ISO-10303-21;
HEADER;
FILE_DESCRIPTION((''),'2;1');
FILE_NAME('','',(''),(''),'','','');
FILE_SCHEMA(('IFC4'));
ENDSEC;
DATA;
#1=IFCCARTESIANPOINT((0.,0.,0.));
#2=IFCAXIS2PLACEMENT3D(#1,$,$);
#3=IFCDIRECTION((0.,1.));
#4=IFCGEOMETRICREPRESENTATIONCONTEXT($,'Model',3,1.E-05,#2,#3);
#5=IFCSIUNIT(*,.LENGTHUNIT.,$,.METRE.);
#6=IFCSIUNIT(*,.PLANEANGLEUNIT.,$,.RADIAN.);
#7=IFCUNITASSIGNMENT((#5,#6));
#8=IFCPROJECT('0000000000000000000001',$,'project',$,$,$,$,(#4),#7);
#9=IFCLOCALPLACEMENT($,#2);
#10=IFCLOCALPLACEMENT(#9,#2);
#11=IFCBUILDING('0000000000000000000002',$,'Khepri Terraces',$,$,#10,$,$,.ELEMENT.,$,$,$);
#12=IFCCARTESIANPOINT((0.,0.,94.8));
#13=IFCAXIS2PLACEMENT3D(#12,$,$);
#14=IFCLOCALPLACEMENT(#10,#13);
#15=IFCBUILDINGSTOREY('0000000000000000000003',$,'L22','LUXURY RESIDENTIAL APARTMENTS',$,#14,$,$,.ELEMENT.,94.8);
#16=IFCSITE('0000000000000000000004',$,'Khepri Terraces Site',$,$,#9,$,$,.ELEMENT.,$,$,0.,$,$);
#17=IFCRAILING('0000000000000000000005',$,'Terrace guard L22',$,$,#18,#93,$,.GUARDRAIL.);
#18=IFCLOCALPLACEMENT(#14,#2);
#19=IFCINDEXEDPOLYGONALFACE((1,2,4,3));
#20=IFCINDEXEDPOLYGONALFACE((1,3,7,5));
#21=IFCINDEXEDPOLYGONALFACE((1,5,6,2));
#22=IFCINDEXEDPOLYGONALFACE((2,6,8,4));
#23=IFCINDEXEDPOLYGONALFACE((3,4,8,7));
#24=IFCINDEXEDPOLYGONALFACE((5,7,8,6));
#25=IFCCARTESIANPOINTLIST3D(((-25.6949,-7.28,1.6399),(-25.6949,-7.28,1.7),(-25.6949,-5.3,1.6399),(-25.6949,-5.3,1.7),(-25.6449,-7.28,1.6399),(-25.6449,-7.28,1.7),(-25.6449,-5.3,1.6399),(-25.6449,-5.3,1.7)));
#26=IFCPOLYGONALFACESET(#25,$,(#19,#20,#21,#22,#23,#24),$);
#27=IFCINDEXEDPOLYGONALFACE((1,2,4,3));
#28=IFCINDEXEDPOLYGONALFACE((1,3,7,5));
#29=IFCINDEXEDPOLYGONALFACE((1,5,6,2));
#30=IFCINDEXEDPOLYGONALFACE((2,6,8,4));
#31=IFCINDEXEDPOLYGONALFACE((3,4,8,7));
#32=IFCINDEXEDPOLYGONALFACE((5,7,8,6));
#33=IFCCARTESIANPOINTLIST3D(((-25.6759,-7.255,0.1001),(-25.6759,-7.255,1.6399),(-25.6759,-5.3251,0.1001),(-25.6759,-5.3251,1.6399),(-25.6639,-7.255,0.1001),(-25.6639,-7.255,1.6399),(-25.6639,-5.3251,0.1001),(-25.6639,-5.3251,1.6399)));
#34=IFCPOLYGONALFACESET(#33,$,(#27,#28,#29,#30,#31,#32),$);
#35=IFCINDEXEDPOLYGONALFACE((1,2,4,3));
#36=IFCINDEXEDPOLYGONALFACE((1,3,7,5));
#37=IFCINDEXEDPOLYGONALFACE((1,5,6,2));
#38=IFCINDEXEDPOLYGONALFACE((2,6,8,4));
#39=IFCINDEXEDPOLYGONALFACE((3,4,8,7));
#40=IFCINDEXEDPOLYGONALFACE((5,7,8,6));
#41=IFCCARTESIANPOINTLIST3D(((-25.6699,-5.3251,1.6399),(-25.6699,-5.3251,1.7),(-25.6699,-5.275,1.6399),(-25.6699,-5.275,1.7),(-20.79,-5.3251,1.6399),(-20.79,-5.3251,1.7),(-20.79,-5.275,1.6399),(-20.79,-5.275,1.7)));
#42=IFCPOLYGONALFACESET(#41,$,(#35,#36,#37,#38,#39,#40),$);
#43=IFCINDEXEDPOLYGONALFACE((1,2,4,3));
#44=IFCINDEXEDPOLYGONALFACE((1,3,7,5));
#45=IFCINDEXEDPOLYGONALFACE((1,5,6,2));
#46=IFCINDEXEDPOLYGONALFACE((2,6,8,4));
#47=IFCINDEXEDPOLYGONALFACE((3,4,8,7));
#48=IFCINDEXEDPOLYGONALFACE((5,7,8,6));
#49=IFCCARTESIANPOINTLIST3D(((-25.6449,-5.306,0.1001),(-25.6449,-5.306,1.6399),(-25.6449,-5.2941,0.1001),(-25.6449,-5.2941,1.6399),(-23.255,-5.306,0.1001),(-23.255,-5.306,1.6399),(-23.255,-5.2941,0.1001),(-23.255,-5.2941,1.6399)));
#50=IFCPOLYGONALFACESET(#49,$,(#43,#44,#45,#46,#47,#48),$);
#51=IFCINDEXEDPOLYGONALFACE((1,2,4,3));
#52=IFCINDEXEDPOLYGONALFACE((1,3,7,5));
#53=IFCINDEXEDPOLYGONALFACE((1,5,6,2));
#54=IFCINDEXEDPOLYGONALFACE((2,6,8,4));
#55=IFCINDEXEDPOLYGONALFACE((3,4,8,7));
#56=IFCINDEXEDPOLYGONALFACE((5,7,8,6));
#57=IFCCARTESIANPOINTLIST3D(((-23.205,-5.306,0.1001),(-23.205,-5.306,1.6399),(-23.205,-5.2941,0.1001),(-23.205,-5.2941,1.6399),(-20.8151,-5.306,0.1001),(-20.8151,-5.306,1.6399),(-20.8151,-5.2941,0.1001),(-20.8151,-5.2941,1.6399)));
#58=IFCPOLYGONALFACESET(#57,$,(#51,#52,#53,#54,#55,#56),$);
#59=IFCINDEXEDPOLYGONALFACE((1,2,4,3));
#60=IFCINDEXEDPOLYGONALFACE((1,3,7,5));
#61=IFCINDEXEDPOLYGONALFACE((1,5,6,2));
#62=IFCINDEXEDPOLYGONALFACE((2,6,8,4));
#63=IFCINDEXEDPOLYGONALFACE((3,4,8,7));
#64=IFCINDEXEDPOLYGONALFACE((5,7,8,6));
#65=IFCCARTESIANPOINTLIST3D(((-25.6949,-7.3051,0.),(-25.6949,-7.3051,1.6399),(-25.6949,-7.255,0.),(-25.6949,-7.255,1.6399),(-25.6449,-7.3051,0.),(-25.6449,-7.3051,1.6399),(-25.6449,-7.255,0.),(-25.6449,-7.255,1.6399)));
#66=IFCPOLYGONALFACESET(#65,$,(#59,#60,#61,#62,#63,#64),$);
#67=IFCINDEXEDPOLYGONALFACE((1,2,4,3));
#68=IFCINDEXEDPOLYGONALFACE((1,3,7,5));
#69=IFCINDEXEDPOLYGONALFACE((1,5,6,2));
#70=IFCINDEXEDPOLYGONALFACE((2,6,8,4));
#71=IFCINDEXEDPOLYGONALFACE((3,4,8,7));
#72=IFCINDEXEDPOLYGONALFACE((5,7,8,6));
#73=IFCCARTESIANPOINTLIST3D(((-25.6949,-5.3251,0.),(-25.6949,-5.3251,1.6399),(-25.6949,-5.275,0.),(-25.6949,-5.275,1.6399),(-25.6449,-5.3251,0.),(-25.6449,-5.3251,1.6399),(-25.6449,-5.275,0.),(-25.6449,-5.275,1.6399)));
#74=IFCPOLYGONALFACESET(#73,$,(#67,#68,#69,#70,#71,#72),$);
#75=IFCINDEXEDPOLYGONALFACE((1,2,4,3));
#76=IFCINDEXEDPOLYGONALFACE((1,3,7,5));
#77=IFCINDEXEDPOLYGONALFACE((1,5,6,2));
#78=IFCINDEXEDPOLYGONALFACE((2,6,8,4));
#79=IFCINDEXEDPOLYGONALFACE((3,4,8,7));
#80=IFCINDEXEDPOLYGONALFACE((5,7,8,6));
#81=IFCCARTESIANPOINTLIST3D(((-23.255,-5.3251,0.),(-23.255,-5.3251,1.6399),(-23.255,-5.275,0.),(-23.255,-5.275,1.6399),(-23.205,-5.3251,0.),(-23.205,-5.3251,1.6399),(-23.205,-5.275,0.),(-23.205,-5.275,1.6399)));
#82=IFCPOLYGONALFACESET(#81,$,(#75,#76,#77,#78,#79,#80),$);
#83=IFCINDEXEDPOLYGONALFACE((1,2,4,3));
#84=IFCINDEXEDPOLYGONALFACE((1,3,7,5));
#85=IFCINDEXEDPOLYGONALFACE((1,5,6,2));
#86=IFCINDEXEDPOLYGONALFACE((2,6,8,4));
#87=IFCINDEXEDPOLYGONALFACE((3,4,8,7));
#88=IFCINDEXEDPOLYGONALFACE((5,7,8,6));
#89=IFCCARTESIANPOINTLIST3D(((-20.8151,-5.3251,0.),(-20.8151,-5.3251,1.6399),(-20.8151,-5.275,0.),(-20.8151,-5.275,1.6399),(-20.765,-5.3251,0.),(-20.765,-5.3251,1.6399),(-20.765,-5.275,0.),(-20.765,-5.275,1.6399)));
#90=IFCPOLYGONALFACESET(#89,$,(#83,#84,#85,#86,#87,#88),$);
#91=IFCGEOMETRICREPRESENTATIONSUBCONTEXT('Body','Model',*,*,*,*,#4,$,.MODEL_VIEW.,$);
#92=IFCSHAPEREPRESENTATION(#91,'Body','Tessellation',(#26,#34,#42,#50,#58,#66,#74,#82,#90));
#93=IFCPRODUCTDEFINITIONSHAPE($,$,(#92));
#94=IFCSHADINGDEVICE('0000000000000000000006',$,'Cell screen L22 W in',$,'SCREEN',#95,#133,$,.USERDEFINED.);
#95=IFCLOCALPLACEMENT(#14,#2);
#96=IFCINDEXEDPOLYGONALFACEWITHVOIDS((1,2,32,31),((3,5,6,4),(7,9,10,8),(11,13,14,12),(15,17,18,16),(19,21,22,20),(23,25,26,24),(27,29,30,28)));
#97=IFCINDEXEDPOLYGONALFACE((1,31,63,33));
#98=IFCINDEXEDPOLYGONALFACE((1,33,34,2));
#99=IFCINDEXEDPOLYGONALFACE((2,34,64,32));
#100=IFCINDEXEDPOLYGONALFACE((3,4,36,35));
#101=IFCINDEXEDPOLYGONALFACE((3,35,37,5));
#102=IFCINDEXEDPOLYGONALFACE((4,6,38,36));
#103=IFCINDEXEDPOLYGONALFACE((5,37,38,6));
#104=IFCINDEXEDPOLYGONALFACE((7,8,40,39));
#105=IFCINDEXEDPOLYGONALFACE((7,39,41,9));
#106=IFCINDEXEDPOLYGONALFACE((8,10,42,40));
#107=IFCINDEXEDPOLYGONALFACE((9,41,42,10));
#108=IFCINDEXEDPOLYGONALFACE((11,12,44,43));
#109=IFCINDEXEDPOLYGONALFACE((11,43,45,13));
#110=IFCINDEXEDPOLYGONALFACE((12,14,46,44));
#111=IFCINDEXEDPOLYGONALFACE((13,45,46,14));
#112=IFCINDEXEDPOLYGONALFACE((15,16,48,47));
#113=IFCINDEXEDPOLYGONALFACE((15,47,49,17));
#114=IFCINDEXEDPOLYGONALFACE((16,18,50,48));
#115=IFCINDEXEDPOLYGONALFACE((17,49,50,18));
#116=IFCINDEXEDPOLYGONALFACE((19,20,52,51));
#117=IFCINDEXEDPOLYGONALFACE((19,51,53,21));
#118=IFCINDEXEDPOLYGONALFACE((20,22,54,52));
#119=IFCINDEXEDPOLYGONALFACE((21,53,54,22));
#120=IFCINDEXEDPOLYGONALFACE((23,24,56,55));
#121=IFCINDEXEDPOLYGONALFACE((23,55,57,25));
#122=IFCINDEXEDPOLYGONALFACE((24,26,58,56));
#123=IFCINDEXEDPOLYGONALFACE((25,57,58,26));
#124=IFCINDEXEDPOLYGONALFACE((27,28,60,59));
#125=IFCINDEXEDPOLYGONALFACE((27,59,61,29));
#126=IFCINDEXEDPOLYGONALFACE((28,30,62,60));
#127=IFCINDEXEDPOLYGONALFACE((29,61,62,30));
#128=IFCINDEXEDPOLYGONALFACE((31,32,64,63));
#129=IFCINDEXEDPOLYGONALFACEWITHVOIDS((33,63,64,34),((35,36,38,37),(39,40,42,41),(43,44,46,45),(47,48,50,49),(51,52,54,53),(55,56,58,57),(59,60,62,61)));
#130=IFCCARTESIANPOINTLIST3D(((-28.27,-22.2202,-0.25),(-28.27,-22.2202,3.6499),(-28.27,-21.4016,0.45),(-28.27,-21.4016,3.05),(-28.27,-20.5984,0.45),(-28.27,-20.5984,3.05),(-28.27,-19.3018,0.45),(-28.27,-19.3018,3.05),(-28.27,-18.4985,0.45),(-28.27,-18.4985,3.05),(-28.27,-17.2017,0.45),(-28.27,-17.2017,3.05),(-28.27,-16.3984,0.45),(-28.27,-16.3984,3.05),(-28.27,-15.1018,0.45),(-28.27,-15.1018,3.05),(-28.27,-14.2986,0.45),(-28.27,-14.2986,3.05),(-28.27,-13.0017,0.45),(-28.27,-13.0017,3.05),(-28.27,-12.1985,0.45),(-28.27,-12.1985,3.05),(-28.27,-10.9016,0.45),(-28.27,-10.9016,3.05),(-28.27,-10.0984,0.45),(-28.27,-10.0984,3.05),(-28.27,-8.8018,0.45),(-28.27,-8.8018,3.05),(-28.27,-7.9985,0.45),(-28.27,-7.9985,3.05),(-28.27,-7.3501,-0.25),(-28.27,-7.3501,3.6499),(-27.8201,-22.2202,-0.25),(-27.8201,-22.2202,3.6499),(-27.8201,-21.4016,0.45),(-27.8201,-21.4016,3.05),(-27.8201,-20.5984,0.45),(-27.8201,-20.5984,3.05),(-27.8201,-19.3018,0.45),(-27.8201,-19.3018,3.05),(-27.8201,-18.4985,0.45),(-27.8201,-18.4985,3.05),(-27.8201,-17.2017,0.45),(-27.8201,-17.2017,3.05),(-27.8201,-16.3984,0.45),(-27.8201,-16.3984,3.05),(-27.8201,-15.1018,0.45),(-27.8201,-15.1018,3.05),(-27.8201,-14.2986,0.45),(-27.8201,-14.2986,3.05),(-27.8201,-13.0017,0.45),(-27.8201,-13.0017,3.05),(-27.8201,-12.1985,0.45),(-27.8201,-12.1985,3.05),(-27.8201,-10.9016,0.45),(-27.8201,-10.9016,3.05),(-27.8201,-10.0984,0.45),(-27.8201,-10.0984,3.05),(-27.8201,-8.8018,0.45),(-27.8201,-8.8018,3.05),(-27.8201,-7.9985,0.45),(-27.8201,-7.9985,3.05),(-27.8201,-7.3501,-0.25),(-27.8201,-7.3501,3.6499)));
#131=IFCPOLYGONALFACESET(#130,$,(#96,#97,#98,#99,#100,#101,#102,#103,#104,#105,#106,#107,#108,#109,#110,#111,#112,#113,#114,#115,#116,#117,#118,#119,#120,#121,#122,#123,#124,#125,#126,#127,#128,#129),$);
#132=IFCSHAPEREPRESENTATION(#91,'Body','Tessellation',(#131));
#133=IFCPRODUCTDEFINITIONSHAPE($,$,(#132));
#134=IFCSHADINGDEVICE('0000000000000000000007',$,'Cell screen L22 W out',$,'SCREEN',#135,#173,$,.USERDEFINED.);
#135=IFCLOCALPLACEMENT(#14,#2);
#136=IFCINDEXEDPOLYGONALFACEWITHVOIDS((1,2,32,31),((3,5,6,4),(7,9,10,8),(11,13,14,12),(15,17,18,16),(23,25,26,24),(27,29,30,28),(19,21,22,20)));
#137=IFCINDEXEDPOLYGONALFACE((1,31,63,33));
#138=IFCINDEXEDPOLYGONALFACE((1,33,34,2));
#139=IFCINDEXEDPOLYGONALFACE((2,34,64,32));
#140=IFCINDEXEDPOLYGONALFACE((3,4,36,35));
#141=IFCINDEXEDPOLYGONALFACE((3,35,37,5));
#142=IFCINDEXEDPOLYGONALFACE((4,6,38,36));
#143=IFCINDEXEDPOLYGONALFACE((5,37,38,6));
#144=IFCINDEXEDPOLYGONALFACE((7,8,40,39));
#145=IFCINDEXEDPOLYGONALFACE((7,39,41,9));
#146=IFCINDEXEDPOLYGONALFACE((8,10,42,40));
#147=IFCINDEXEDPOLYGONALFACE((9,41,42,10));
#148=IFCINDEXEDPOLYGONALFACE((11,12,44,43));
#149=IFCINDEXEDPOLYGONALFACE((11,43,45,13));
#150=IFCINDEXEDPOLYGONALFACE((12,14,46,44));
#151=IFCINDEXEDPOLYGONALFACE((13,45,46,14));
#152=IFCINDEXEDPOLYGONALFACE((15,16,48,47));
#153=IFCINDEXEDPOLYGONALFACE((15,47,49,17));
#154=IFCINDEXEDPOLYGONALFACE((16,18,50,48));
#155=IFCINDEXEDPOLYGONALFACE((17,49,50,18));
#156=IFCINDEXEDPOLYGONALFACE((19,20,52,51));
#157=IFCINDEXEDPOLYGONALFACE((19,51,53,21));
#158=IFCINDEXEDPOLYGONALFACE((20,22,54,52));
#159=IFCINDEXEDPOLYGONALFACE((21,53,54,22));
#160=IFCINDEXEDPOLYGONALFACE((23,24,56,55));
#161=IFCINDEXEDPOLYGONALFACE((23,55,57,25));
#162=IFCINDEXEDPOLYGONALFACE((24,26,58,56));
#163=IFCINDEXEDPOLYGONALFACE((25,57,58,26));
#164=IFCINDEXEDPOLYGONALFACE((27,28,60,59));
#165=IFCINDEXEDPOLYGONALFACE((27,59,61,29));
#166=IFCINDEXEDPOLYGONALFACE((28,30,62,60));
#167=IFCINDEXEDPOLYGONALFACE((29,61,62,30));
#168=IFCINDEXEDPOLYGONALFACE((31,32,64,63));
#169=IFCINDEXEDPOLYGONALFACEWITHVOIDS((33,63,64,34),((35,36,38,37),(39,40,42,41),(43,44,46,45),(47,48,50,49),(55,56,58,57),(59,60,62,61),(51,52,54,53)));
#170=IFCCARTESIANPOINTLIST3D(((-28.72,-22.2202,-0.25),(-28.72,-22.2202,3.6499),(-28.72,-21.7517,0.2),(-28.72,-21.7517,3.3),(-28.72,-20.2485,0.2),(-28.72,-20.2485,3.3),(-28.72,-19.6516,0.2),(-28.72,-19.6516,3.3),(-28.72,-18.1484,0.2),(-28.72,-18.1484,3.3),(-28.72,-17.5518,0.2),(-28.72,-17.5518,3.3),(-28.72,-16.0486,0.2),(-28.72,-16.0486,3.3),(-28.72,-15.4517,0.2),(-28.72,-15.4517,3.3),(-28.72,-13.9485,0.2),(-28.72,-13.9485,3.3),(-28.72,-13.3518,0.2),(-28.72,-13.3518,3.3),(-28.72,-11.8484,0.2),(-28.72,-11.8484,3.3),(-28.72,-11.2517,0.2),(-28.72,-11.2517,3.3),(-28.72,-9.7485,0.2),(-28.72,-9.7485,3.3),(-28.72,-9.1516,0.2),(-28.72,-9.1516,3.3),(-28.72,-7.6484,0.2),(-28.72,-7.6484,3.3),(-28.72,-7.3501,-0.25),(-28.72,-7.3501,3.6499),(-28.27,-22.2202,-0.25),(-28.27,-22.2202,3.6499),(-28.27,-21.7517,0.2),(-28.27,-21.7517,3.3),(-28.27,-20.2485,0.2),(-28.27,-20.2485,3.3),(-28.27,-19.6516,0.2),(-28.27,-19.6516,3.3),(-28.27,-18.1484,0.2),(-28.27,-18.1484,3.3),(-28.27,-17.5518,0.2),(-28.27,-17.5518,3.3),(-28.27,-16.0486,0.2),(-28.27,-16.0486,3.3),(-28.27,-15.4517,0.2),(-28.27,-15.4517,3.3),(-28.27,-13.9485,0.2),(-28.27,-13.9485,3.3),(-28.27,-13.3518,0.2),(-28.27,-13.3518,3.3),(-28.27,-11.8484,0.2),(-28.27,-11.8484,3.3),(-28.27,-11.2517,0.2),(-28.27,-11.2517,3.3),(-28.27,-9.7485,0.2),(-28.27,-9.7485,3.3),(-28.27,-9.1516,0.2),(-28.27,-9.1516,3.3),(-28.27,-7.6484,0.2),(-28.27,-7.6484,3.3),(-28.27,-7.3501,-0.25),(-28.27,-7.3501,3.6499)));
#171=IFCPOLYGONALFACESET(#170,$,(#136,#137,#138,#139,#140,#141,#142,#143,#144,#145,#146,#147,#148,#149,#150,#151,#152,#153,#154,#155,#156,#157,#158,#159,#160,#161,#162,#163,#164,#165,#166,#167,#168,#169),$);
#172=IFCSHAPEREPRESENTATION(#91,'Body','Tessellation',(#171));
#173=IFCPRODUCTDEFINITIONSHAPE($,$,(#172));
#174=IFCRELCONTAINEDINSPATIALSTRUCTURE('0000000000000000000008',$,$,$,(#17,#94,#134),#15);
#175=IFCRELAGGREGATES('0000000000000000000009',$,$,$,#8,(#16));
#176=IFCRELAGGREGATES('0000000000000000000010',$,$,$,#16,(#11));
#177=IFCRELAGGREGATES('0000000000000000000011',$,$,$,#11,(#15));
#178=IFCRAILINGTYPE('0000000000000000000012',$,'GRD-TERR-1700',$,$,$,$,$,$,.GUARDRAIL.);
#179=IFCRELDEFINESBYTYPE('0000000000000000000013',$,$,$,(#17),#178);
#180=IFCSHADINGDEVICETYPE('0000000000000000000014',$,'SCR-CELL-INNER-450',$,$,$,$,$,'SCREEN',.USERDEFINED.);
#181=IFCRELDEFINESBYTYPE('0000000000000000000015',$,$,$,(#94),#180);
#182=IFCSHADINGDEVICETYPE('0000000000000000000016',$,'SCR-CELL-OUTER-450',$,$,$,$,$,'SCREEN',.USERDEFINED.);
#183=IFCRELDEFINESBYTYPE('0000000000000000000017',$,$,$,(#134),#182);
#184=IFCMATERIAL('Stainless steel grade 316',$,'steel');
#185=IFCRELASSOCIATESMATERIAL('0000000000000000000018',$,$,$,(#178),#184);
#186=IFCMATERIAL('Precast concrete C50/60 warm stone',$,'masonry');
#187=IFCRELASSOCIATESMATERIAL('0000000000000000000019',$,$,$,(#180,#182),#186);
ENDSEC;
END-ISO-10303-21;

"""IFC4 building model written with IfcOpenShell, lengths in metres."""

from ifc_helpers import new_model, si_unit, direction, frame, origin, origin_2d, place, context, subcontext, project, spatial, polyline, rectangle, outline, extrude, material, type_object, element, save


model = new_model("IFC4")

# Units and contexts
model_context = context("Model", 3, precision=1e-05, world=origin(), true_north=direction((0.0, 1.0)))
body_context = subcontext(model_context, "Body", "Model", "MODEL_VIEW")
ifc_project = project(units=[si_unit("LENGTHUNIT", "METRE"), si_unit("PLANEANGLEUNIT", "RADIAN")], contexts=[model_context])

# Site, building, storey
site_placement = place(None, origin())
site = spatial("IfcSite", under=ifc_project, at=site_placement, Name="Khepri Terraces Site", CompositionType="ELEMENT", RefElevation=0.0)
building_placement = place(site_placement, origin())
building = spatial("IfcBuilding", under=site, at=building_placement, Name="Khepri Terraces", CompositionType="ELEMENT")
storey_placement = place(building_placement, frame((0.0, 0.0, 94.8)))
storey = spatial("IfcBuildingStorey", under=building, at=storey_placement, Name="L22", Description="LUXURY RESIDENTIAL APARTMENTS", CompositionType="ELEMENT", Elevation=94.8)

# Shared definitions
ifc_material_1 = material(Name="Precast concrete C50/60 warm stone", Category="masonry")

# Railing
ifc_material_2 = material(Name="Stainless steel grade 316", Category="steel")
railing_type_1 = type_object("IfcRailingType", Name="GRD-TERR-1700", PredefinedType="GUARDRAIL", material=ifc_material_2)
railing_1_placement = place(storey_placement, frame((-25.6699, -7.28, 0.0)))
element("IfcRailing", 1, at=railing_1_placement, inside=storey, type_object=railing_type_1, Name="Terrace guard L22", PredefinedType="GUARDRAIL", context=body_context, shape_type="SweptSolid", body=[
    extrude(rectangle(XDim=0.05, YDim=0.0601, at=origin_2d()), frame((0.0, 0.0, 1.6699), z_axis=(0.0, 1.0, 0.0), x_axis=(-1.0, 0.0, 0.0)), (0.0, 0.0, 1.0), 1.98),
    extrude(rectangle(XDim=1.9299, YDim=0.012, at=origin_2d()), frame((0.0, 0.99, 0.1001), z_axis=(0.0, 0.0, 1.0), x_axis=(0.0, 1.0, 0.0)), (0.0, 0.0, 1.0), 1.5398),
    extrude(rectangle(XDim=0.05, YDim=0.0601, at=origin_2d()), frame((0.0, 1.98, 1.6699), z_axis=(1.0, 0.0, 0.0), x_axis=(0.0, 1.0, 0.0)), (0.0, 0.0, 1.0), 4.8799),
    extrude(rectangle(XDim=2.3899, YDim=0.012, at=origin_2d()), frame((1.22, 1.98, 0.1001), z_axis=(0.0, 0.0, 1.0), x_axis=(1.0, 0.0, 0.0)), (0.0, 0.0, 1.0), 1.5398),
    extrude(rectangle(XDim=2.3899, YDim=0.012, at=origin_2d()), frame((3.6599, 1.98, 0.1001), z_axis=(0.0, 0.0, 1.0), x_axis=(1.0, 0.0, 0.0)), (0.0, 0.0, 1.0), 1.5398),
    extrude(rectangle(XDim=0.05, YDim=0.05, at=origin_2d()), origin(), (0.0, 0.0, 1.0), 1.6399),
    extrude(rectangle(XDim=0.05, YDim=0.05, at=origin_2d()), frame((0.0, 1.98, 0.0)), (0.0, 0.0, 1.0), 1.6399),
    extrude(rectangle(XDim=0.05, YDim=0.05, at=origin_2d()), frame((2.4399, 1.98, 0.0)), (0.0, 0.0, 1.0), 1.6399),
    extrude(rectangle(XDim=0.05, YDim=0.05, at=origin_2d()), frame((4.8799, 1.98, 0.0)), (0.0, 0.0, 1.0), 1.6399),
])

# Shading devices
shading_device_type_1 = type_object("IfcShadingDeviceType", Name="SCR-CELL-INNER-450", ElementType="SCREEN", PredefinedType="USERDEFINED", material=ifc_material_1)
shading_device_1_placement = place(storey_placement, frame((-27.8201, -7.3501, -0.25), z_axis=(-1.0, 0.0, 0.0), x_axis=(0.0, -1.0, 0.0)))
element("IfcShadingDevice", 2, at=shading_device_1_placement, inside=storey, type_object=shading_device_type_1, Name="Cell screen L22 W in", ObjectType="SCREEN", PredefinedType="USERDEFINED", context=body_context, shape_type="SweptSolid", body=[
    extrude(outline(polyline([(0.0, 0.0), (14.8701, 0.0), (14.8701, 3.8999), (0.0, 3.8999), (0.0, 0.0)]), holes=[polyline([(0.6484, 0.7), (1.4517, 0.7), (1.4517, 3.3), (0.6484, 3.3), (0.6484, 0.7)]), polyline([(2.7483, 0.7), (3.5515, 0.7), (3.5515, 3.3), (2.7483, 3.3), (2.7483, 0.7)]), polyline([(4.8484, 0.7), (5.6516, 0.7), (5.6516, 3.3), (4.8484, 3.3), (4.8484, 0.7)]), polyline([(6.9485, 0.7), (7.7517, 0.7), (7.7517, 3.3), (6.9485, 3.3), (6.9485, 0.7)]), polyline([(9.0483, 0.7), (9.8516, 0.7), (9.8516, 3.3), (9.0483, 3.3), (9.0483, 0.7)]), polyline([(11.1484, 0.7), (11.9517, 0.7), (11.9517, 3.3), (11.1484, 3.3), (11.1484, 0.7)]), polyline([(13.2483, 0.7), (14.0515, 0.7), (14.0515, 3.3), (13.2483, 3.3), (13.2483, 0.7)])]), origin(), (0.0, 0.0, 1.0), 0.45),
])
shading_device_type_2 = type_object("IfcShadingDeviceType", Name="SCR-CELL-OUTER-450", ElementType="SCREEN", PredefinedType="USERDEFINED", material=ifc_material_1)
shading_device_2_placement = place(storey_placement, frame((-28.27, -7.3501, -0.25), z_axis=(-1.0, 0.0, 0.0), x_axis=(0.0, -1.0, 0.0)))
element("IfcShadingDevice", 3, at=shading_device_2_placement, inside=storey, type_object=shading_device_type_2, Name="Cell screen L22 W out", ObjectType="SCREEN", PredefinedType="USERDEFINED", context=body_context, shape_type="SweptSolid", body=[
    extrude(outline(polyline([(0.0, 0.0), (14.8701, 0.0), (14.8701, 3.8999), (0.0, 3.8999), (0.0, 0.0)]), holes=[polyline([(0.2983, 0.45), (1.8015, 0.45), (1.8015, 3.55), (0.2983, 3.55), (0.2983, 0.45)]), polyline([(2.3984, 0.45), (3.9016, 0.45), (3.9016, 3.55), (2.3984, 3.55), (2.3984, 0.45)]), polyline([(4.4983, 0.45), (6.0017, 0.45), (6.0017, 3.55), (4.4983, 3.55), (4.4983, 0.45)]), polyline([(6.5984, 0.45), (8.1016, 0.45), (8.1016, 3.55), (6.5984, 3.55), (6.5984, 0.45)]), polyline([(8.6985, 0.45), (10.2017, 0.45), (10.2017, 3.55), (8.6985, 3.55), (8.6985, 0.45)]), polyline([(10.7983, 0.45), (12.3015, 0.45), (12.3015, 3.55), (10.7983, 3.55), (10.7983, 0.45)]), polyline([(12.8984, 0.45), (14.4016, 0.45), (14.4016, 3.55), (12.8984, 3.55), (12.8984, 0.45)])]), origin(), (0.0, 0.0, 1.0), 0.45),
])

save(model, "model.ifc")
